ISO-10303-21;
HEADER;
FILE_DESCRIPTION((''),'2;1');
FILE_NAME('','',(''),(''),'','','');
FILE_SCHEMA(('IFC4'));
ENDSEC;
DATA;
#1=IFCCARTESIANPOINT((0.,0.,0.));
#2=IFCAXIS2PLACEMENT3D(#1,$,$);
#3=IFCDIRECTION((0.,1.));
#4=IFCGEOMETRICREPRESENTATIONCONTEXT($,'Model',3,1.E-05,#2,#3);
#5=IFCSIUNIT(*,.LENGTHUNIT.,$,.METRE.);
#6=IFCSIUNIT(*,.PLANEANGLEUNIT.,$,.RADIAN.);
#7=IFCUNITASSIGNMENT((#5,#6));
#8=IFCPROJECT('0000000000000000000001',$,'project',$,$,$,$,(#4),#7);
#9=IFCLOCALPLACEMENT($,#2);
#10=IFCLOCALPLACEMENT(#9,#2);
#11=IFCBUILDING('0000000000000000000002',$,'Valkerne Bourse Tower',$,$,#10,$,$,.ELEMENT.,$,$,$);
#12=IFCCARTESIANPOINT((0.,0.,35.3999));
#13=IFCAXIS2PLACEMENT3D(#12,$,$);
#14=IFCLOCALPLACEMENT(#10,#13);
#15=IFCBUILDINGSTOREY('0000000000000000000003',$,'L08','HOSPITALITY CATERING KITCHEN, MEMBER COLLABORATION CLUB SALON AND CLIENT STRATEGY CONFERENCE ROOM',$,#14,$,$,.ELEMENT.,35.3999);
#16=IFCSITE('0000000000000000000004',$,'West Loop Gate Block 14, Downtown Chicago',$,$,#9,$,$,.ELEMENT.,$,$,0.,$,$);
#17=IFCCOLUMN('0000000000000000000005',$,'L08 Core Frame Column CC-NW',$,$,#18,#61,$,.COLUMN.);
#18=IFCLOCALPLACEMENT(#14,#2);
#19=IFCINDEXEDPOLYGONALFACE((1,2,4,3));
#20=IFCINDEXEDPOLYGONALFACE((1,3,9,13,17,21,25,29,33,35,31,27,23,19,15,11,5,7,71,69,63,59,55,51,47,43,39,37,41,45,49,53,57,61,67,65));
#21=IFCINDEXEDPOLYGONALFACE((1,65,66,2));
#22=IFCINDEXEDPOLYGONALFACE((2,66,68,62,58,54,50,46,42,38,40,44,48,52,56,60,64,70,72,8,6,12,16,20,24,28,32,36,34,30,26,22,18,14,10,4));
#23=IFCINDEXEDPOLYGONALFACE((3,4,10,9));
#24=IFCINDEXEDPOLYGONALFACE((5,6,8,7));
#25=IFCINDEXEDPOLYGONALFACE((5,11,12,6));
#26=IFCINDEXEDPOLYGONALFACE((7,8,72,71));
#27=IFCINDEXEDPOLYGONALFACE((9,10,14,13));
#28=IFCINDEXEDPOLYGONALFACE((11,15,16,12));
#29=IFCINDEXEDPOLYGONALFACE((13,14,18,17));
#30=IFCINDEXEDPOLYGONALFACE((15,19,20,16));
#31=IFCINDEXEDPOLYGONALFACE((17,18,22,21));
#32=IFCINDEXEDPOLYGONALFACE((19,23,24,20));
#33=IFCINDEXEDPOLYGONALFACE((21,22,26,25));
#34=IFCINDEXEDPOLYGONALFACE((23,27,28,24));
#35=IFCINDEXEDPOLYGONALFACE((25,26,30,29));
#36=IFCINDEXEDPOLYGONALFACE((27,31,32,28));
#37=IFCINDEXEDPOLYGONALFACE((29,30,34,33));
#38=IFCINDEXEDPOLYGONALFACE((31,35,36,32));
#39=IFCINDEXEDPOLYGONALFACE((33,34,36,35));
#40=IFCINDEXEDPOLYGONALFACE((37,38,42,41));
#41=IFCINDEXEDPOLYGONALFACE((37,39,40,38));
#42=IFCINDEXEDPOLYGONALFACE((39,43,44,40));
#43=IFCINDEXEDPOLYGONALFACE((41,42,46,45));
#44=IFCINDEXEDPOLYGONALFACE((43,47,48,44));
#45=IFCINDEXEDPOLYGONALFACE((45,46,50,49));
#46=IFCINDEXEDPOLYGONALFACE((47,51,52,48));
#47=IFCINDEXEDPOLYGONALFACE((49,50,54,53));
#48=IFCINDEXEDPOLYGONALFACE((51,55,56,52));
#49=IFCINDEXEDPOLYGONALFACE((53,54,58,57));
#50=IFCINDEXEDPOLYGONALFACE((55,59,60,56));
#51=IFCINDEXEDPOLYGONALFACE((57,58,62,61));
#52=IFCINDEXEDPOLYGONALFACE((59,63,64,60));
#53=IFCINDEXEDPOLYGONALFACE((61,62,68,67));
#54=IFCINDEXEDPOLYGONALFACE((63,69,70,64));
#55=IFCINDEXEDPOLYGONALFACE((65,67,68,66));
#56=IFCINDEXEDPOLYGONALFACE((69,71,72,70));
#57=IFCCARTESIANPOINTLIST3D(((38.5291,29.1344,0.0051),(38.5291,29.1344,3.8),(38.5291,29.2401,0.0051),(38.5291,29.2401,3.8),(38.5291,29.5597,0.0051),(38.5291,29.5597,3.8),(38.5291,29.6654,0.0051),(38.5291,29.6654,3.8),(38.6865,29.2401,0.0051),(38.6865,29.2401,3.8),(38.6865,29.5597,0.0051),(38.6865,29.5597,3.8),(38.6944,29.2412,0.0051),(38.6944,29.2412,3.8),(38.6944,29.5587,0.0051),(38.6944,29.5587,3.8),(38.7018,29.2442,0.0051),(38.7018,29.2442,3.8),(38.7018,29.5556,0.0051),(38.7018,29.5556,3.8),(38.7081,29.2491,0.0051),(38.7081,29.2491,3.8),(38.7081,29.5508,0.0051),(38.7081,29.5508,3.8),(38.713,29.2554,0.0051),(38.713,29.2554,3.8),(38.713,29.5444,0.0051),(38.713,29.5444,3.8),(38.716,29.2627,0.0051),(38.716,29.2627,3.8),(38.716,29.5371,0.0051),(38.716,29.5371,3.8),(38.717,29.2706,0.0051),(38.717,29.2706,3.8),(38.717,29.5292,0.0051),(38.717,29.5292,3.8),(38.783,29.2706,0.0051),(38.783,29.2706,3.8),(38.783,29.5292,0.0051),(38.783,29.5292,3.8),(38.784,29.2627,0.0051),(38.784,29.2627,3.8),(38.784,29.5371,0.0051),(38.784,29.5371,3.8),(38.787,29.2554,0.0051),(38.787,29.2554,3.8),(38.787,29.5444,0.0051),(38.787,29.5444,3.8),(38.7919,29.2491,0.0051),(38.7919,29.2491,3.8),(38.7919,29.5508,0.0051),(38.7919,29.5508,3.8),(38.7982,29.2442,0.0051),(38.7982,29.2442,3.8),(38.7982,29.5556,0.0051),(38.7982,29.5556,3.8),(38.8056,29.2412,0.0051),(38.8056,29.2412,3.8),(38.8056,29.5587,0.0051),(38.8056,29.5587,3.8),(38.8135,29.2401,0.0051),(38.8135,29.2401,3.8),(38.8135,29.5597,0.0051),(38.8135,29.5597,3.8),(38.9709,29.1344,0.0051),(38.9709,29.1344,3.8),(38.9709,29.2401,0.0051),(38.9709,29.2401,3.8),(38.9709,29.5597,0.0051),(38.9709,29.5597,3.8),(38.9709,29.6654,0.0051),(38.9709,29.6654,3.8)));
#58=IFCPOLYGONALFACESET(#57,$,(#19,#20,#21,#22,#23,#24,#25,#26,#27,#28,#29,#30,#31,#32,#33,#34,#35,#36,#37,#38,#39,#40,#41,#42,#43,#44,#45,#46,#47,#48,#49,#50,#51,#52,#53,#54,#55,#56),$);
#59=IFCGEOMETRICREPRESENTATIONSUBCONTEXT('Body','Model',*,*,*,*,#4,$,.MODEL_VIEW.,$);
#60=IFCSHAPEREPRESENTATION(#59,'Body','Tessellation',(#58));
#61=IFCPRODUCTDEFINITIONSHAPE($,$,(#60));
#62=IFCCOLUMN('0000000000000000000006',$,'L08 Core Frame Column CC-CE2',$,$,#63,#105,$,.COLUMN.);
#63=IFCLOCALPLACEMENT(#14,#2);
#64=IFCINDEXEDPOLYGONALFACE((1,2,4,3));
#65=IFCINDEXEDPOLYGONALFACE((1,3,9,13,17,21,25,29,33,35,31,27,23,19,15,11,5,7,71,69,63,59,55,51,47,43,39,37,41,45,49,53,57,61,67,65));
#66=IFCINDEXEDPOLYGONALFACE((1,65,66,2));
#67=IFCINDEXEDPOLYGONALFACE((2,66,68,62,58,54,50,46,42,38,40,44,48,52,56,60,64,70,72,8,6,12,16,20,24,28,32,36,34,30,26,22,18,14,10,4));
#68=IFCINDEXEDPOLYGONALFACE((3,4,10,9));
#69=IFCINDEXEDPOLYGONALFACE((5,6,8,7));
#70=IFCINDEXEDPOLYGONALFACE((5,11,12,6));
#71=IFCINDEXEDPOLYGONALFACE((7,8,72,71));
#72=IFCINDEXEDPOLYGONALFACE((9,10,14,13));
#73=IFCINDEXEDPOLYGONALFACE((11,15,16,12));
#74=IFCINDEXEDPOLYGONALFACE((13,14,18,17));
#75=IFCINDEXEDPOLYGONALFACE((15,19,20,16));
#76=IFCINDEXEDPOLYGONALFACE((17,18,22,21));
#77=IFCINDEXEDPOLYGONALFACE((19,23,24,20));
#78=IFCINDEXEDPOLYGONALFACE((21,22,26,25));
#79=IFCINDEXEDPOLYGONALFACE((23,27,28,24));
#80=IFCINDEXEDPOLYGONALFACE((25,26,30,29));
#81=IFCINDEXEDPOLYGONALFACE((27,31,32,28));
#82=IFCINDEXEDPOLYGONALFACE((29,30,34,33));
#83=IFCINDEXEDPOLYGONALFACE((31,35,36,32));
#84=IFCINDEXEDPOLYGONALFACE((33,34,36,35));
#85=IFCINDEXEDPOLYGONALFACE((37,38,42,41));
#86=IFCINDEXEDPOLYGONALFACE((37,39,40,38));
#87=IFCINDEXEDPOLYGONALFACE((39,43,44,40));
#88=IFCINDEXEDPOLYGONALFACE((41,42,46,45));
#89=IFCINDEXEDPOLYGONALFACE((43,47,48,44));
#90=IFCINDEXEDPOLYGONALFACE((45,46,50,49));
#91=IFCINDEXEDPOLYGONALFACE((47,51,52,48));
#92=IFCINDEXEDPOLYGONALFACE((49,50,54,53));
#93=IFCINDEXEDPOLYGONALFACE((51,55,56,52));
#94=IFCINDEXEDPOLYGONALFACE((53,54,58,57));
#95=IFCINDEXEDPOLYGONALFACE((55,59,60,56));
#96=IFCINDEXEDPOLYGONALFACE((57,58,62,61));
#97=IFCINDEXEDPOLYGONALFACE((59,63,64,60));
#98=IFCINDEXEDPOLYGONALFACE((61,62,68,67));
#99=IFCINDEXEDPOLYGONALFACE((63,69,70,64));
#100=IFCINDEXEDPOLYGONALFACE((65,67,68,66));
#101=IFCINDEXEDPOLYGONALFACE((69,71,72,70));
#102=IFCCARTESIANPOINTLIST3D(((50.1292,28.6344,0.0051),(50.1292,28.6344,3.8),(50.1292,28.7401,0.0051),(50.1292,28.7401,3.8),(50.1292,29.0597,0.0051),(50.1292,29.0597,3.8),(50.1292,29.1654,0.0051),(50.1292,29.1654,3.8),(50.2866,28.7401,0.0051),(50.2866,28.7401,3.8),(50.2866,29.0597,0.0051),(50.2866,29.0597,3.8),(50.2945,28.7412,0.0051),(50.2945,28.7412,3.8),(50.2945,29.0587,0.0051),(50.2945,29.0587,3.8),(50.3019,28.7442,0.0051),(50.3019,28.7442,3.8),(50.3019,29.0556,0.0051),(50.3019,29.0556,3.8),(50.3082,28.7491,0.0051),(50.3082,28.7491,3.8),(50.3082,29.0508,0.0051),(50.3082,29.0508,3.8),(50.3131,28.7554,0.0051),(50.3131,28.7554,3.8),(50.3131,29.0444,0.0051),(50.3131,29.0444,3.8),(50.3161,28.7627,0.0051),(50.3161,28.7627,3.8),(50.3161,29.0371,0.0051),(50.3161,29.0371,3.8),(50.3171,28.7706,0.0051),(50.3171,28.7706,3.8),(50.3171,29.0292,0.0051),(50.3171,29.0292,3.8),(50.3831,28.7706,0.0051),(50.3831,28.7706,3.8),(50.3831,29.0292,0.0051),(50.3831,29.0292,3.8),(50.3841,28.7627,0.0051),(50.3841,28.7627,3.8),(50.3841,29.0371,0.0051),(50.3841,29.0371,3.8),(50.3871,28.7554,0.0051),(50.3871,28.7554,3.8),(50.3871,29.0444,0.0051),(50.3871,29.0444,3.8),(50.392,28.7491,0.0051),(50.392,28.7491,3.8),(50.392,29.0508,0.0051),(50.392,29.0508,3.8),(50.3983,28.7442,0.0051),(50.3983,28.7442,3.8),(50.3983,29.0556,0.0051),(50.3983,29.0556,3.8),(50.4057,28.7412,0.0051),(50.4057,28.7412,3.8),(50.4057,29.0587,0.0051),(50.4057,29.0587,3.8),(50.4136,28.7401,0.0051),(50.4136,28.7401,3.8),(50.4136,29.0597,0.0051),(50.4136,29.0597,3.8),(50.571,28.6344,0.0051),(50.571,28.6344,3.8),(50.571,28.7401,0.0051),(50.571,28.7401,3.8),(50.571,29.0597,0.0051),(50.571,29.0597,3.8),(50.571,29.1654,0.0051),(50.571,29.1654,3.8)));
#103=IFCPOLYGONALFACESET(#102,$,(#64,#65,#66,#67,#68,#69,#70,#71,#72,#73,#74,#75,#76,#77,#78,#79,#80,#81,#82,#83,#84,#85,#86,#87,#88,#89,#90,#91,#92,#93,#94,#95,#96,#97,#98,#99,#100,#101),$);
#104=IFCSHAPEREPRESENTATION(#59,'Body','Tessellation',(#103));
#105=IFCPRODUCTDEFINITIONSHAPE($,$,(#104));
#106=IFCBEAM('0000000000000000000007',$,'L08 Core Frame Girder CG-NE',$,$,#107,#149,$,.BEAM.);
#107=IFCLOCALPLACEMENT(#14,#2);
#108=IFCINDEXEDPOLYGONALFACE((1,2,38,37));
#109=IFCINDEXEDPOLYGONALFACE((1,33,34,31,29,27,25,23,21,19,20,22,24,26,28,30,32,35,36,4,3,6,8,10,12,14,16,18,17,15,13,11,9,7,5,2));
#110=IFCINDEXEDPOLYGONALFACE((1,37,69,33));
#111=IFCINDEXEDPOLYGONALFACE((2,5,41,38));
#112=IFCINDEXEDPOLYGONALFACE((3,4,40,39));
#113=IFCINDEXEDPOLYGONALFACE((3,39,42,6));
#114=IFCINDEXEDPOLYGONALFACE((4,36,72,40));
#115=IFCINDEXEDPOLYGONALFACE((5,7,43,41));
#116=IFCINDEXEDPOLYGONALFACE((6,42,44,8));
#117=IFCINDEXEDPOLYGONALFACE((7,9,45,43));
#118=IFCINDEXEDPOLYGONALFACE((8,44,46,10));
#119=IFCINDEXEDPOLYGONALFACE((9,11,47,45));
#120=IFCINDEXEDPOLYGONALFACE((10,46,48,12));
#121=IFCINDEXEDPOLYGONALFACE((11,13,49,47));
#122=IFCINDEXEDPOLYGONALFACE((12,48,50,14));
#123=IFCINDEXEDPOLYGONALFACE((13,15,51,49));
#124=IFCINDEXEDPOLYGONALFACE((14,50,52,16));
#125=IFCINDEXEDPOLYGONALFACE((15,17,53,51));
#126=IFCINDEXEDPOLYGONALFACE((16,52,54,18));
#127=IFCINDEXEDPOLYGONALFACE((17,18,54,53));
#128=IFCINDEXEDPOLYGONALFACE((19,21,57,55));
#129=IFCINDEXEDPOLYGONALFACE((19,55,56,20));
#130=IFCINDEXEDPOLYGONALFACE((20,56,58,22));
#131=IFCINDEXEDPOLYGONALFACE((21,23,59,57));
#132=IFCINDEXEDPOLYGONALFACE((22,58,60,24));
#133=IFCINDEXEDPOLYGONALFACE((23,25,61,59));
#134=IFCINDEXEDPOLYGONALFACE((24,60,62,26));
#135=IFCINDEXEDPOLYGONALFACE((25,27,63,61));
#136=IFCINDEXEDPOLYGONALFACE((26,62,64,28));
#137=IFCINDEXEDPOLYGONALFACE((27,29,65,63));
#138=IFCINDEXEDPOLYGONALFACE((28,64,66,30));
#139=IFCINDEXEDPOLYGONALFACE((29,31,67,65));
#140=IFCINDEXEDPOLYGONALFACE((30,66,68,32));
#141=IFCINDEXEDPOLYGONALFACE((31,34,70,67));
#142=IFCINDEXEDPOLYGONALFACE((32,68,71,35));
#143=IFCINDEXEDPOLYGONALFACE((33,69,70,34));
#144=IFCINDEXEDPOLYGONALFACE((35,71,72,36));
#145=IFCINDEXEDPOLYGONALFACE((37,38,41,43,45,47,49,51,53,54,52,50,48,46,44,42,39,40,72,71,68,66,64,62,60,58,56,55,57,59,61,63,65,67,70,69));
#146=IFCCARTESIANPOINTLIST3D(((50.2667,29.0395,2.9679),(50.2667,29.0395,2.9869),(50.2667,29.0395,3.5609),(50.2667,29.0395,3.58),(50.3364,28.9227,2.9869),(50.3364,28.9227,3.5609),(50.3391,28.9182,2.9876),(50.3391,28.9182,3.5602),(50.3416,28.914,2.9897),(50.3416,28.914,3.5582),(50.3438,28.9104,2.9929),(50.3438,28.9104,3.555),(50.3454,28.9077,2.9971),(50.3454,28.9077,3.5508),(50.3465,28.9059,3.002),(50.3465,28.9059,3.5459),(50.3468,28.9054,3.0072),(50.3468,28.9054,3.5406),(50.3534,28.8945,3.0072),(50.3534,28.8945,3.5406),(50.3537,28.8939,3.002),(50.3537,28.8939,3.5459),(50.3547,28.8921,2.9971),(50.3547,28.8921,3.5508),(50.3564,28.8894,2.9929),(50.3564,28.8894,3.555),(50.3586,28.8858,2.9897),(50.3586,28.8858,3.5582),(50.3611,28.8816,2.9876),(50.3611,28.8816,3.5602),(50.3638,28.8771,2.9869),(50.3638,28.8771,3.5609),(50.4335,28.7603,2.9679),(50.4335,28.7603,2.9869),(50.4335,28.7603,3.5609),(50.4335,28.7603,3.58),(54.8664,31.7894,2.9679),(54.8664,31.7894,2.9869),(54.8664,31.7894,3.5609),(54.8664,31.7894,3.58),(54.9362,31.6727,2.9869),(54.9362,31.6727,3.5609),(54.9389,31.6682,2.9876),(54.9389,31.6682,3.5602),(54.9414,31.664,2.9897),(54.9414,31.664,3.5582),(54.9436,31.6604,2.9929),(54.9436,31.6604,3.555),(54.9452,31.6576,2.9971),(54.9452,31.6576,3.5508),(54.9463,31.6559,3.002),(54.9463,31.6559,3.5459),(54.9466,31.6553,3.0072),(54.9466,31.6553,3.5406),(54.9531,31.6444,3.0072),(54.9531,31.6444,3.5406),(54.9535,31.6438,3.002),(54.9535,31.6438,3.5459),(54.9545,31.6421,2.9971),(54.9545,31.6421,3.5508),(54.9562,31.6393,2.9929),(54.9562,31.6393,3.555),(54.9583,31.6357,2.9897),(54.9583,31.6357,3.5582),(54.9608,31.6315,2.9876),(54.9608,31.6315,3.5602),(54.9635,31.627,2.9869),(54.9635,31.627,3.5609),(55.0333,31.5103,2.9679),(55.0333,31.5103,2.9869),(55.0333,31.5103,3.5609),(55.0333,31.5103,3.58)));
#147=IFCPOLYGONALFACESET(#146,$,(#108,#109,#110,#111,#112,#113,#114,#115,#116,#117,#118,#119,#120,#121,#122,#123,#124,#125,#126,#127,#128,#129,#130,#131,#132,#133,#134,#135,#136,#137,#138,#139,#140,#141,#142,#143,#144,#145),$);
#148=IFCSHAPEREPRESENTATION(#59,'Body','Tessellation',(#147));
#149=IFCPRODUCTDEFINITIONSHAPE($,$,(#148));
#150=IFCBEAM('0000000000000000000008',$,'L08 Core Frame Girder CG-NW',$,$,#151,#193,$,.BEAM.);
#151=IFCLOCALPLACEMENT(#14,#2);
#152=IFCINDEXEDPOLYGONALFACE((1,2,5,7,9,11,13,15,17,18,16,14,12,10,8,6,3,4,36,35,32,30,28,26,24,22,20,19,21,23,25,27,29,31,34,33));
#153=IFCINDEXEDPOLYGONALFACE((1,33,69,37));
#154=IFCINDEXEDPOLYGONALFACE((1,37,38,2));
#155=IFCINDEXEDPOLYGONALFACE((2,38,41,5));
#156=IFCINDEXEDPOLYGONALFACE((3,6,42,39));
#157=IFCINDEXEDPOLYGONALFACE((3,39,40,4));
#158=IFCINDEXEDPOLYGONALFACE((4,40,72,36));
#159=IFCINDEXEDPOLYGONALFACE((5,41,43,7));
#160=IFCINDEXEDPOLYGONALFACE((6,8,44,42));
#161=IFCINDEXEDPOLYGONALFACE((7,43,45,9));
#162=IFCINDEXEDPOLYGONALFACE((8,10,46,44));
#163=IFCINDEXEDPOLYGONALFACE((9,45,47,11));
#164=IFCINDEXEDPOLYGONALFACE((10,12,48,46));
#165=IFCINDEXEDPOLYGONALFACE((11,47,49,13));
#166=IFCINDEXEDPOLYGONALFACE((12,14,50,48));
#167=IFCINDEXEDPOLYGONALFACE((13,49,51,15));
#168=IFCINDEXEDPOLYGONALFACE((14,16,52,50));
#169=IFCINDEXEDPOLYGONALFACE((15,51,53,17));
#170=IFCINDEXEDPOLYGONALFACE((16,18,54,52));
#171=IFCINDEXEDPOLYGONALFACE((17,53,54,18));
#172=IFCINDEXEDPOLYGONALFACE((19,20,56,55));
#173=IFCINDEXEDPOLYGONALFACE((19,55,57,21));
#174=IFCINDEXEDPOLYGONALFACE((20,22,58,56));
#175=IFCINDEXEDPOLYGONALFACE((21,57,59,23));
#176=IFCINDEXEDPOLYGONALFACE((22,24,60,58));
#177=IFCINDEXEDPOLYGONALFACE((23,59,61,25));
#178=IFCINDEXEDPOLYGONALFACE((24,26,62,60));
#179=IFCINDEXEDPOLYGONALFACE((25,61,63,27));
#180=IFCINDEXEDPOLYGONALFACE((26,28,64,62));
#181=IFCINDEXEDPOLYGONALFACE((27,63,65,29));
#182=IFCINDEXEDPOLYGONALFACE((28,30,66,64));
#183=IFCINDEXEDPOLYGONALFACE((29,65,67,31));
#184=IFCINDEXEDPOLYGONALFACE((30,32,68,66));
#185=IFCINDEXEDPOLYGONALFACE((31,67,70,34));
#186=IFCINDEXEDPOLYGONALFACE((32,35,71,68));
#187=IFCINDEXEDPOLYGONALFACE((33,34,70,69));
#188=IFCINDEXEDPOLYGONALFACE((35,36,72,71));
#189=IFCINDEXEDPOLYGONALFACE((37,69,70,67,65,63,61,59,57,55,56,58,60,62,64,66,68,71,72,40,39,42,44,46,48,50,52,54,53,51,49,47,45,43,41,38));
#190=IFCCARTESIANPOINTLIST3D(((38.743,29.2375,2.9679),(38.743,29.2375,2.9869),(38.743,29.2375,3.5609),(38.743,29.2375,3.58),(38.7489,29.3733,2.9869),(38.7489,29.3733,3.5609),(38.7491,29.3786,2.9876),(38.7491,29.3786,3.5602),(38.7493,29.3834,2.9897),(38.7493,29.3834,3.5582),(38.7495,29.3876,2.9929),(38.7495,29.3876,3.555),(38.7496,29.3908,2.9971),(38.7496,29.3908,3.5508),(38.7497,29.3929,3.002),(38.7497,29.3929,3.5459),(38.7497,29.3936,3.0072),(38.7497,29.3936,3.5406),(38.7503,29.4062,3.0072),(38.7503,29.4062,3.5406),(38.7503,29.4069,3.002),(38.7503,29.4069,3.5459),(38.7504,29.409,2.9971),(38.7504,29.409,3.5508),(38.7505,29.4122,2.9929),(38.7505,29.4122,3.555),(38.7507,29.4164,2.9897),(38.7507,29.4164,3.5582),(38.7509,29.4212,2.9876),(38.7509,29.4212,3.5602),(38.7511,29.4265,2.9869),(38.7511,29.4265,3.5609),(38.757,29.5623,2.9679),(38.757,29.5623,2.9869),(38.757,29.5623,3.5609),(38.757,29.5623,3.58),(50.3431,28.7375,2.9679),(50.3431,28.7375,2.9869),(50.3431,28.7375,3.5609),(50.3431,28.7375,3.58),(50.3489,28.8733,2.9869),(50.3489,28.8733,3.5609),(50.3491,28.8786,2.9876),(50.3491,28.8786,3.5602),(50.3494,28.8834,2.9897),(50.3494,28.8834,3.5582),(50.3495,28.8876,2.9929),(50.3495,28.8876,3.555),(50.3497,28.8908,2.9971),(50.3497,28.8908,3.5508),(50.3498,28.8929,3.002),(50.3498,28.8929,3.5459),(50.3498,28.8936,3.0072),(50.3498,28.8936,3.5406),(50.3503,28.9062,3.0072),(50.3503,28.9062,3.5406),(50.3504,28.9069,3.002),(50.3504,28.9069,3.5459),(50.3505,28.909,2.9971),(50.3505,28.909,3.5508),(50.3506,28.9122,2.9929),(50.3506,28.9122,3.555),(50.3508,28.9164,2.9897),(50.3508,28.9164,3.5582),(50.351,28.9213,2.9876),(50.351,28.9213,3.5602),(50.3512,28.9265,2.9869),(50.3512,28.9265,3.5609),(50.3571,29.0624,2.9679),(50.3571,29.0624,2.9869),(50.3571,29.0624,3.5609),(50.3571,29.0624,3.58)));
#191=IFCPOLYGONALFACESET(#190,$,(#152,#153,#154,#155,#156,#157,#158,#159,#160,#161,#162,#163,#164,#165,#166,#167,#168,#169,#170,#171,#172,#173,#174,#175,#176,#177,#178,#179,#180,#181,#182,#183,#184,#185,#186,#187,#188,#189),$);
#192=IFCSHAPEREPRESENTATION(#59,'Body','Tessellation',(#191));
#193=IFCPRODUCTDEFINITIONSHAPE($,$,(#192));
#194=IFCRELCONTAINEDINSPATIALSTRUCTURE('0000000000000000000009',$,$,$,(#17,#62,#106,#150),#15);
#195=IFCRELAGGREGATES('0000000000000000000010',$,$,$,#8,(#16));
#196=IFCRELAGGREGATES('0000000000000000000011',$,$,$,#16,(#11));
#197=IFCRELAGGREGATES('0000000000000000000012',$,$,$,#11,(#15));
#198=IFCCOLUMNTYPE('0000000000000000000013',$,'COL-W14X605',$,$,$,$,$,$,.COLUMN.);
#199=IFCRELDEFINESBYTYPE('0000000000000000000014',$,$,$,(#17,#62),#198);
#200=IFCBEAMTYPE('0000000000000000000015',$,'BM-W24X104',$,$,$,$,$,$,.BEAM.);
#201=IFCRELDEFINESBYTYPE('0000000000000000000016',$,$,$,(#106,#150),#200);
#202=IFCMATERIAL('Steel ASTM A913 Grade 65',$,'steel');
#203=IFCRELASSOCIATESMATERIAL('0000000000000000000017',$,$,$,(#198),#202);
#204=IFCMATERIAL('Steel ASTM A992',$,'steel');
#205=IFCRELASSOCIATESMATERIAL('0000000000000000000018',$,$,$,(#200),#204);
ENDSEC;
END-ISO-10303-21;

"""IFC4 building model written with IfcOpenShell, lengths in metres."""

from ifc_helpers import new_model, si_unit, direction, frame, origin, origin_2d, place, context, subcontext, project, spatial, i_section, extrude, material, material_profile, profile_set, type_object, element, save


model = new_model("IFC4")

# Units and contexts
model_context = context("Model", 3, precision=1e-05, world=origin(), true_north=direction((0.0, 1.0)))
body_context = subcontext(model_context, "Body", "Model", "MODEL_VIEW")
ifc_project = project(units=[si_unit("LENGTHUNIT", "METRE"), si_unit("PLANEANGLEUNIT", "RADIAN")], contexts=[model_context])

# Site, building, storey
site_placement = place(None, origin())
site = spatial("IfcSite", under=ifc_project, at=site_placement, Name="West Loop Gate Block 14, Downtown Chicago", CompositionType="ELEMENT", RefElevation=0.0)
building_placement = place(site_placement, origin())
building = spatial("IfcBuilding", under=site, at=building_placement, Name="Valkerne Bourse Tower", CompositionType="ELEMENT")
storey_placement = place(building_placement, frame((0.0, 0.0, 35.3999)))
storey = spatial("IfcBuildingStorey", under=building, at=storey_placement, Name="L08", Description="HOSPITALITY CATERING KITCHEN, MEMBER COLLABORATION CLUB SALON AND CLIENT STRATEGY CONFERENCE ROOM", CompositionType="ELEMENT", Elevation=35.3999)

# Columns
ifc_material_1 = material(Name="Steel ASTM A913 Grade 65", Category="steel")
ifc_material_profile_1 = material_profile(ifc_material_1, i_section(OverallWidth=0.4419, OverallDepth=0.531, WebThickness=0.0659, FlangeThickness=0.1057, FilletRadius=0.0305, at=origin_2d()), Name="W14X605")
ifc_profile_set_1 = profile_set([ifc_material_profile_1], Name="Steel ASTM A913 Grade 65")
column_type = type_object("IfcColumnType", Name="COL-W14X605", PredefinedType="COLUMN", material=ifc_profile_set_1)
for number, where, z_axis, x_axis, name in (
    (1, (38.75, 29.3999, 0.0051), (0.0, 0.0, 1.0), (1.0, 0.0, 0.0), "L08 Core Frame Column CC-NW"),
    (2, (50.3501, 28.8999, 0.0051), (0.0, 0.0, 1.0), (1.0, 0.0, 0.0), "L08 Core Frame Column CC-CE2"),
):
    element("IfcColumn", number, at=place(storey_placement, frame(where, z_axis=z_axis, x_axis=x_axis)), inside=storey, type_object=column_type, Name=name, PredefinedType="COLUMN", context=body_context, shape_type="SweptSolid", body=[
        extrude(i_section(OverallWidth=0.4419, OverallDepth=0.531, WebThickness=0.0659, FlangeThickness=0.1057, FilletRadius=0.0305, at=origin_2d()), origin(), (0.0, 0.0, 1.0), 3.7949),
    ])

# Beams
ifc_material_2 = material(Name="Steel ASTM A992", Category="steel")
ifc_material_profile_2 = material_profile(ifc_material_2, i_section(OverallWidth=0.3252, OverallDepth=0.6121, WebThickness=0.0127, FlangeThickness=0.019, FilletRadius=0.0203, at=origin_2d()), Name="W24X104")
ifc_profile_set_2 = profile_set([ifc_material_profile_2], Name="Steel ASTM A992")
beam_type = type_object("IfcBeamType", Name="BM-W24X104", PredefinedType="BEAM", material=ifc_profile_set_2)
beam_1_placement = place(storey_placement, frame((50.3501, 28.8999, 3.2739), z_axis=(0.858308, 0.513135, 0.0), x_axis=(-0.513135, 0.858308, 0.0)))
element("IfcBeam", 3, at=beam_1_placement, inside=storey, type_object=beam_type, Name="L08 Core Frame Girder CG-NE", PredefinedType="BEAM", context=body_context, shape_type="SweptSolid", body=[
    extrude(i_section(OverallWidth=0.3252, OverallDepth=0.6121, WebThickness=0.0127, FlangeThickness=0.019, FilletRadius=0.0203, at=origin_2d()), origin(), (0.0, 0.0, 1.0), 5.3591),
])
beam_2_placement = place(storey_placement, frame((38.75, 29.3999, 3.2739), z_axis=(0.999072, -0.043063, 0.0), x_axis=(0.043063, 0.999072, 0.0)))
element("IfcBeam", 4, at=beam_2_placement, inside=storey, type_object=beam_type, Name="L08 Core Frame Girder CG-NW", PredefinedType="BEAM", context=body_context, shape_type="SweptSolid", body=[
    extrude(i_section(OverallWidth=0.3252, OverallDepth=0.6121, WebThickness=0.0127, FlangeThickness=0.019, FilletRadius=0.0203, at=origin_2d()), origin(), (0.0, 0.0, 1.0), 11.6108),
])

save(model, "model.ifc")
